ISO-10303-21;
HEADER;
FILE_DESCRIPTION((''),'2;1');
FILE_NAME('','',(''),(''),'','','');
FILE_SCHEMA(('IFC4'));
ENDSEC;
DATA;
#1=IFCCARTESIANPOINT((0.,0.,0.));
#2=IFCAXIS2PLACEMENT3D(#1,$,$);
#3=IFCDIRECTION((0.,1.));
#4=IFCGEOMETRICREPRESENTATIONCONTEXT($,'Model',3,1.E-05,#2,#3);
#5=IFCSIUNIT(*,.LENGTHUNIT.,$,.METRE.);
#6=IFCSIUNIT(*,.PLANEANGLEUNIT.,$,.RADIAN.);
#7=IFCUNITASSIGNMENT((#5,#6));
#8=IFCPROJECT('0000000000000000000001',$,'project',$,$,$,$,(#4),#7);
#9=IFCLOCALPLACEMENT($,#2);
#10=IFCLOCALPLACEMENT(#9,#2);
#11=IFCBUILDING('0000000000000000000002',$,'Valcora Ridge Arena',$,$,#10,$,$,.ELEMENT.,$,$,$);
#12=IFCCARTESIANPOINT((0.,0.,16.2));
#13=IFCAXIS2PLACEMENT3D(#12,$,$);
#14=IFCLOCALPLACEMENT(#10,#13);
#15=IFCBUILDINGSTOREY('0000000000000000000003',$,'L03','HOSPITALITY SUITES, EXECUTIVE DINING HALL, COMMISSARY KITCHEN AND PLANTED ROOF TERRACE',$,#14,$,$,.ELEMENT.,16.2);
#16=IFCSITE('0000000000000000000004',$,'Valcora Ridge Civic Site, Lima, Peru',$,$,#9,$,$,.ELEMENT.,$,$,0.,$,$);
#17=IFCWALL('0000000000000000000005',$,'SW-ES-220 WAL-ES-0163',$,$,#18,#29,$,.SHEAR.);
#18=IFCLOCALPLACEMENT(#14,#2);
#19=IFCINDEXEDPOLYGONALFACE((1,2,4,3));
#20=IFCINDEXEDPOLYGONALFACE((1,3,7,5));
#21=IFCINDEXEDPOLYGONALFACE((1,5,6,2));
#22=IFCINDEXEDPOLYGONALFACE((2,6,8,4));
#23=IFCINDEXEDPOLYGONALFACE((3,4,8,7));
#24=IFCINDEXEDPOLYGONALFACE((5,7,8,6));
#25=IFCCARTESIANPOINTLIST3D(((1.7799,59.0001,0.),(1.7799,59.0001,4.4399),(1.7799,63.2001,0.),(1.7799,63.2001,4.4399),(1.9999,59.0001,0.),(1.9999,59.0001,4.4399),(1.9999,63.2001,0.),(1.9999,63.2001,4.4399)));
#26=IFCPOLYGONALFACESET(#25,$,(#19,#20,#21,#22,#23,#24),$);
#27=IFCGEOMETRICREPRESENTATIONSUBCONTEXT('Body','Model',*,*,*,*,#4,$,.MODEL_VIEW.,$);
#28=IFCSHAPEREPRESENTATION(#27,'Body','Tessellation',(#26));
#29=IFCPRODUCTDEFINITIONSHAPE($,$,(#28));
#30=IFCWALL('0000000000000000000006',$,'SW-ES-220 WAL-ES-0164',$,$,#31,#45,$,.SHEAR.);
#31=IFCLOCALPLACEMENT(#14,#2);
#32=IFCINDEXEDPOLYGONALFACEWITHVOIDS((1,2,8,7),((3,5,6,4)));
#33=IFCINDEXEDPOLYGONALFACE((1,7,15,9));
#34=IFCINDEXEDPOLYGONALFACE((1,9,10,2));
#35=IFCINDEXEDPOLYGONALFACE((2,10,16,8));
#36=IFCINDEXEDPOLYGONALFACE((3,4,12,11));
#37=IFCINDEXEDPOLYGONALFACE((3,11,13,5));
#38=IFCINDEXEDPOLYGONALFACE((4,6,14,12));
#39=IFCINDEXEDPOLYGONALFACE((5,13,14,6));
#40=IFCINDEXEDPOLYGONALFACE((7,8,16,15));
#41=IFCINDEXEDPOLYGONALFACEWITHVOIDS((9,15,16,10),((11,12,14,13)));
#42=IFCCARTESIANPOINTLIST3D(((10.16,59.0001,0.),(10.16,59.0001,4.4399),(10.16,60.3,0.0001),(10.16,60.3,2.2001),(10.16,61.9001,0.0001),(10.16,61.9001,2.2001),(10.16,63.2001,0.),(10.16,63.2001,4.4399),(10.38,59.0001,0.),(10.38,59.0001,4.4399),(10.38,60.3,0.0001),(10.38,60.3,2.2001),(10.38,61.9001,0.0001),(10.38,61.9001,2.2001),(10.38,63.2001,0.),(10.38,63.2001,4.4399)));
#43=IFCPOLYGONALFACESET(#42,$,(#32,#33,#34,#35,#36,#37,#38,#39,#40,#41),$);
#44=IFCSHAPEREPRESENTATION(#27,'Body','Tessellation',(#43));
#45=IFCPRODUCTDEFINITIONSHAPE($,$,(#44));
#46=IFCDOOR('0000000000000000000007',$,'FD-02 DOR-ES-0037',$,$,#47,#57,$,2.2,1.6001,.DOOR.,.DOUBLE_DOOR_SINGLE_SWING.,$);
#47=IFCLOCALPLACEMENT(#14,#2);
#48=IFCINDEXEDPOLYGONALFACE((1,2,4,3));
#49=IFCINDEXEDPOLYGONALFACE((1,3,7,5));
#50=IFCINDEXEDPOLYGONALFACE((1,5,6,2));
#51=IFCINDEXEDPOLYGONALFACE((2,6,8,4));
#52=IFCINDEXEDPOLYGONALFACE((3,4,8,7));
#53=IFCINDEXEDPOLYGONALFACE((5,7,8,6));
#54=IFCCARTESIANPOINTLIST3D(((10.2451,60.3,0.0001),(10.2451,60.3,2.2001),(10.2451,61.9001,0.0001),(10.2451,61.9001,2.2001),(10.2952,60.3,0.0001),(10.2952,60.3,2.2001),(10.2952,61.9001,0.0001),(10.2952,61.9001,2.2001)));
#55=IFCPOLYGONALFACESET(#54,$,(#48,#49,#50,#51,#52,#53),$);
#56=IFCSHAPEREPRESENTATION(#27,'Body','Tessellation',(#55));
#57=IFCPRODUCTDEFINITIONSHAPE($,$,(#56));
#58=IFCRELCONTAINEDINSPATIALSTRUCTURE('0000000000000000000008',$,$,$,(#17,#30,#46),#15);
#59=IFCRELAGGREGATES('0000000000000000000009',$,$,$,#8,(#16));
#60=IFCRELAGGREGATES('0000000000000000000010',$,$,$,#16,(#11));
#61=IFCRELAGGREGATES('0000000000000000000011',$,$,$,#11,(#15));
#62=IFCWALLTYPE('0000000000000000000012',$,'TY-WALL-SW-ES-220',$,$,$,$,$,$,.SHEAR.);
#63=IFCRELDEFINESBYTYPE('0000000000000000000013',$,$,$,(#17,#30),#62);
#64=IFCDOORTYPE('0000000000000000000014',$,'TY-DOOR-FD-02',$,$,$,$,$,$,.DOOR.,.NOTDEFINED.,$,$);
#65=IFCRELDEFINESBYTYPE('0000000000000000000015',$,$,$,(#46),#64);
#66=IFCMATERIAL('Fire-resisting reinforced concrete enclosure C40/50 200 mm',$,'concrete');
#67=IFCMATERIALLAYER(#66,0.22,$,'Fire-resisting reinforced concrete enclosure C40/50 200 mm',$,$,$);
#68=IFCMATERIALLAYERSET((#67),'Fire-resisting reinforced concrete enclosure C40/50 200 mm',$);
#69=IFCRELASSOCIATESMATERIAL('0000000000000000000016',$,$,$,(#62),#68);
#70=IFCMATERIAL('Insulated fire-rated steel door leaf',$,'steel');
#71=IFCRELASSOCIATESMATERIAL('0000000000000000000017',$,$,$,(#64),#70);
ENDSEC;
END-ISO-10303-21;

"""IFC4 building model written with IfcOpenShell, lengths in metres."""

from ifc_helpers import new_model, si_unit, direction, frame, frame_2d, origin, place, context, subcontext, project, spatial, rectangle, extrude, material, layer, layer_set, type_object, element, fill, save


model = new_model("IFC4")

# Units and contexts
model_context = context("Model", 3, precision=1e-05, world=origin(), true_north=direction((0.0, 1.0)))
body_context = subcontext(model_context, "Body", "Model", "MODEL_VIEW")
ifc_project = project(units=[si_unit("LENGTHUNIT", "METRE"), si_unit("PLANEANGLEUNIT", "RADIAN")], contexts=[model_context])

# Site, building, storey
site_placement = place(None, origin())
site = spatial("IfcSite", under=ifc_project, at=site_placement, Name="Valcora Ridge Civic Site, Lima, Peru", CompositionType="ELEMENT", RefElevation=0.0)
building_placement = place(site_placement, origin())
building = spatial("IfcBuilding", under=site, at=building_placement, Name="Valcora Ridge Arena", CompositionType="ELEMENT")
storey_placement = place(building_placement, frame((0.0, 0.0, 16.2)))
storey = spatial("IfcBuildingStorey", under=building, at=storey_placement, Name="L03", Description="HOSPITALITY SUITES, EXECUTIVE DINING HALL, COMMISSARY KITCHEN AND PLANTED ROOF TERRACE", CompositionType="ELEMENT", Elevation=16.2)

# Wall
ifc_material_1 = material(Name="Fire-resisting reinforced concrete enclosure C40/50 200 mm", Category="concrete")
ifc_layer_1 = layer(ifc_material_1, 0.22, Name="Fire-resisting reinforced concrete enclosure C40/50 200 mm")
ifc_layer_set_1 = layer_set([ifc_layer_1], Name="Fire-resisting reinforced concrete enclosure C40/50 200 mm")
wall_type_1 = type_object("IfcWallType", Name="TY-WALL-SW-ES-220", PredefinedType="SHEAR", material=ifc_layer_set_1)
wall_1_placement = place(storey_placement, frame((1.8899, 59.0, 0.0), z_axis=(0.0, 0.0, 1.0), x_axis=(0.0, 1.0, 0.0)))
element("IfcWall", 1, at=wall_1_placement, inside=storey, type_object=wall_type_1, Name="SW-ES-220 WAL-ES-0163", PredefinedType="SHEAR", context=body_context, shape_type="SweptSolid", body=[
    extrude(rectangle(XDim=4.2, YDim=0.22, at=frame_2d((2.1001, 0.0))), origin(), (0.0, 0.0, 1.0), 4.4399),
])

# Wall, opening, door
wall_2_placement = place(storey_placement, frame((10.27, 59.0, 0.0), z_axis=(0.0, 0.0, 1.0), x_axis=(0.0, 1.0, 0.0)))
wall_2 = element("IfcWall", 2, at=wall_2_placement, inside=storey, type_object=wall_type_1, Name="SW-ES-220 WAL-ES-0164", PredefinedType="SHEAR", context=body_context, shape_type="SweptSolid", body=[
    extrude(rectangle(XDim=4.2, YDim=0.22, at=frame_2d((2.1001, 0.0))), origin(), (0.0, 0.0, 1.0), 4.4399),
])
opening_1_placement = place(wall_2_placement, frame((1.3, 0.0, 0.0)))
opening_1 = element("IfcOpeningElement", 3, at=opening_1_placement, cuts=wall_2, PredefinedType="OPENING", context=body_context, shape_type="SweptSolid", body=[
    extrude(rectangle(XDim=1.6001, YDim=2.2, at=frame_2d((0.8, 1.1001))), frame((0.0, 0.1199, 0.0), z_axis=(0.0, -1.0, 0.0), x_axis=(1.0, 0.0, 0.0)), (0.0, 0.0, 1.0), 0.24),
])
ifc_material_2 = material(Name="Insulated fire-rated steel door leaf", Category="steel")
door_type_1 = type_object("IfcDoorType", Name="TY-DOOR-FD-02", OperationType="NOTDEFINED", PredefinedType="DOOR", material=ifc_material_2)
door_1_placement = place(opening_1_placement, origin())
door_1 = element("IfcDoor", 4, at=door_1_placement, inside=storey, type_object=door_type_1, Name="FD-02 DOR-ES-0037", OperationType="DOUBLE_DOOR_SINGLE_SWING", OverallHeight=2.2, OverallWidth=1.6001, PredefinedType="DOOR", context=body_context, shape_type="SweptSolid", body=[
    extrude(rectangle(XDim=1.6001, YDim=2.2, at=frame_2d((0.8, 1.1001))), frame((0.0, 0.0249, 0.0), z_axis=(0.0, -1.0, 0.0), x_axis=(1.0, 0.0, 0.0)), (0.0, 0.0, 1.0), 0.05),
])
fill(opening_1, door_1)

save(model, "model.ifc")
